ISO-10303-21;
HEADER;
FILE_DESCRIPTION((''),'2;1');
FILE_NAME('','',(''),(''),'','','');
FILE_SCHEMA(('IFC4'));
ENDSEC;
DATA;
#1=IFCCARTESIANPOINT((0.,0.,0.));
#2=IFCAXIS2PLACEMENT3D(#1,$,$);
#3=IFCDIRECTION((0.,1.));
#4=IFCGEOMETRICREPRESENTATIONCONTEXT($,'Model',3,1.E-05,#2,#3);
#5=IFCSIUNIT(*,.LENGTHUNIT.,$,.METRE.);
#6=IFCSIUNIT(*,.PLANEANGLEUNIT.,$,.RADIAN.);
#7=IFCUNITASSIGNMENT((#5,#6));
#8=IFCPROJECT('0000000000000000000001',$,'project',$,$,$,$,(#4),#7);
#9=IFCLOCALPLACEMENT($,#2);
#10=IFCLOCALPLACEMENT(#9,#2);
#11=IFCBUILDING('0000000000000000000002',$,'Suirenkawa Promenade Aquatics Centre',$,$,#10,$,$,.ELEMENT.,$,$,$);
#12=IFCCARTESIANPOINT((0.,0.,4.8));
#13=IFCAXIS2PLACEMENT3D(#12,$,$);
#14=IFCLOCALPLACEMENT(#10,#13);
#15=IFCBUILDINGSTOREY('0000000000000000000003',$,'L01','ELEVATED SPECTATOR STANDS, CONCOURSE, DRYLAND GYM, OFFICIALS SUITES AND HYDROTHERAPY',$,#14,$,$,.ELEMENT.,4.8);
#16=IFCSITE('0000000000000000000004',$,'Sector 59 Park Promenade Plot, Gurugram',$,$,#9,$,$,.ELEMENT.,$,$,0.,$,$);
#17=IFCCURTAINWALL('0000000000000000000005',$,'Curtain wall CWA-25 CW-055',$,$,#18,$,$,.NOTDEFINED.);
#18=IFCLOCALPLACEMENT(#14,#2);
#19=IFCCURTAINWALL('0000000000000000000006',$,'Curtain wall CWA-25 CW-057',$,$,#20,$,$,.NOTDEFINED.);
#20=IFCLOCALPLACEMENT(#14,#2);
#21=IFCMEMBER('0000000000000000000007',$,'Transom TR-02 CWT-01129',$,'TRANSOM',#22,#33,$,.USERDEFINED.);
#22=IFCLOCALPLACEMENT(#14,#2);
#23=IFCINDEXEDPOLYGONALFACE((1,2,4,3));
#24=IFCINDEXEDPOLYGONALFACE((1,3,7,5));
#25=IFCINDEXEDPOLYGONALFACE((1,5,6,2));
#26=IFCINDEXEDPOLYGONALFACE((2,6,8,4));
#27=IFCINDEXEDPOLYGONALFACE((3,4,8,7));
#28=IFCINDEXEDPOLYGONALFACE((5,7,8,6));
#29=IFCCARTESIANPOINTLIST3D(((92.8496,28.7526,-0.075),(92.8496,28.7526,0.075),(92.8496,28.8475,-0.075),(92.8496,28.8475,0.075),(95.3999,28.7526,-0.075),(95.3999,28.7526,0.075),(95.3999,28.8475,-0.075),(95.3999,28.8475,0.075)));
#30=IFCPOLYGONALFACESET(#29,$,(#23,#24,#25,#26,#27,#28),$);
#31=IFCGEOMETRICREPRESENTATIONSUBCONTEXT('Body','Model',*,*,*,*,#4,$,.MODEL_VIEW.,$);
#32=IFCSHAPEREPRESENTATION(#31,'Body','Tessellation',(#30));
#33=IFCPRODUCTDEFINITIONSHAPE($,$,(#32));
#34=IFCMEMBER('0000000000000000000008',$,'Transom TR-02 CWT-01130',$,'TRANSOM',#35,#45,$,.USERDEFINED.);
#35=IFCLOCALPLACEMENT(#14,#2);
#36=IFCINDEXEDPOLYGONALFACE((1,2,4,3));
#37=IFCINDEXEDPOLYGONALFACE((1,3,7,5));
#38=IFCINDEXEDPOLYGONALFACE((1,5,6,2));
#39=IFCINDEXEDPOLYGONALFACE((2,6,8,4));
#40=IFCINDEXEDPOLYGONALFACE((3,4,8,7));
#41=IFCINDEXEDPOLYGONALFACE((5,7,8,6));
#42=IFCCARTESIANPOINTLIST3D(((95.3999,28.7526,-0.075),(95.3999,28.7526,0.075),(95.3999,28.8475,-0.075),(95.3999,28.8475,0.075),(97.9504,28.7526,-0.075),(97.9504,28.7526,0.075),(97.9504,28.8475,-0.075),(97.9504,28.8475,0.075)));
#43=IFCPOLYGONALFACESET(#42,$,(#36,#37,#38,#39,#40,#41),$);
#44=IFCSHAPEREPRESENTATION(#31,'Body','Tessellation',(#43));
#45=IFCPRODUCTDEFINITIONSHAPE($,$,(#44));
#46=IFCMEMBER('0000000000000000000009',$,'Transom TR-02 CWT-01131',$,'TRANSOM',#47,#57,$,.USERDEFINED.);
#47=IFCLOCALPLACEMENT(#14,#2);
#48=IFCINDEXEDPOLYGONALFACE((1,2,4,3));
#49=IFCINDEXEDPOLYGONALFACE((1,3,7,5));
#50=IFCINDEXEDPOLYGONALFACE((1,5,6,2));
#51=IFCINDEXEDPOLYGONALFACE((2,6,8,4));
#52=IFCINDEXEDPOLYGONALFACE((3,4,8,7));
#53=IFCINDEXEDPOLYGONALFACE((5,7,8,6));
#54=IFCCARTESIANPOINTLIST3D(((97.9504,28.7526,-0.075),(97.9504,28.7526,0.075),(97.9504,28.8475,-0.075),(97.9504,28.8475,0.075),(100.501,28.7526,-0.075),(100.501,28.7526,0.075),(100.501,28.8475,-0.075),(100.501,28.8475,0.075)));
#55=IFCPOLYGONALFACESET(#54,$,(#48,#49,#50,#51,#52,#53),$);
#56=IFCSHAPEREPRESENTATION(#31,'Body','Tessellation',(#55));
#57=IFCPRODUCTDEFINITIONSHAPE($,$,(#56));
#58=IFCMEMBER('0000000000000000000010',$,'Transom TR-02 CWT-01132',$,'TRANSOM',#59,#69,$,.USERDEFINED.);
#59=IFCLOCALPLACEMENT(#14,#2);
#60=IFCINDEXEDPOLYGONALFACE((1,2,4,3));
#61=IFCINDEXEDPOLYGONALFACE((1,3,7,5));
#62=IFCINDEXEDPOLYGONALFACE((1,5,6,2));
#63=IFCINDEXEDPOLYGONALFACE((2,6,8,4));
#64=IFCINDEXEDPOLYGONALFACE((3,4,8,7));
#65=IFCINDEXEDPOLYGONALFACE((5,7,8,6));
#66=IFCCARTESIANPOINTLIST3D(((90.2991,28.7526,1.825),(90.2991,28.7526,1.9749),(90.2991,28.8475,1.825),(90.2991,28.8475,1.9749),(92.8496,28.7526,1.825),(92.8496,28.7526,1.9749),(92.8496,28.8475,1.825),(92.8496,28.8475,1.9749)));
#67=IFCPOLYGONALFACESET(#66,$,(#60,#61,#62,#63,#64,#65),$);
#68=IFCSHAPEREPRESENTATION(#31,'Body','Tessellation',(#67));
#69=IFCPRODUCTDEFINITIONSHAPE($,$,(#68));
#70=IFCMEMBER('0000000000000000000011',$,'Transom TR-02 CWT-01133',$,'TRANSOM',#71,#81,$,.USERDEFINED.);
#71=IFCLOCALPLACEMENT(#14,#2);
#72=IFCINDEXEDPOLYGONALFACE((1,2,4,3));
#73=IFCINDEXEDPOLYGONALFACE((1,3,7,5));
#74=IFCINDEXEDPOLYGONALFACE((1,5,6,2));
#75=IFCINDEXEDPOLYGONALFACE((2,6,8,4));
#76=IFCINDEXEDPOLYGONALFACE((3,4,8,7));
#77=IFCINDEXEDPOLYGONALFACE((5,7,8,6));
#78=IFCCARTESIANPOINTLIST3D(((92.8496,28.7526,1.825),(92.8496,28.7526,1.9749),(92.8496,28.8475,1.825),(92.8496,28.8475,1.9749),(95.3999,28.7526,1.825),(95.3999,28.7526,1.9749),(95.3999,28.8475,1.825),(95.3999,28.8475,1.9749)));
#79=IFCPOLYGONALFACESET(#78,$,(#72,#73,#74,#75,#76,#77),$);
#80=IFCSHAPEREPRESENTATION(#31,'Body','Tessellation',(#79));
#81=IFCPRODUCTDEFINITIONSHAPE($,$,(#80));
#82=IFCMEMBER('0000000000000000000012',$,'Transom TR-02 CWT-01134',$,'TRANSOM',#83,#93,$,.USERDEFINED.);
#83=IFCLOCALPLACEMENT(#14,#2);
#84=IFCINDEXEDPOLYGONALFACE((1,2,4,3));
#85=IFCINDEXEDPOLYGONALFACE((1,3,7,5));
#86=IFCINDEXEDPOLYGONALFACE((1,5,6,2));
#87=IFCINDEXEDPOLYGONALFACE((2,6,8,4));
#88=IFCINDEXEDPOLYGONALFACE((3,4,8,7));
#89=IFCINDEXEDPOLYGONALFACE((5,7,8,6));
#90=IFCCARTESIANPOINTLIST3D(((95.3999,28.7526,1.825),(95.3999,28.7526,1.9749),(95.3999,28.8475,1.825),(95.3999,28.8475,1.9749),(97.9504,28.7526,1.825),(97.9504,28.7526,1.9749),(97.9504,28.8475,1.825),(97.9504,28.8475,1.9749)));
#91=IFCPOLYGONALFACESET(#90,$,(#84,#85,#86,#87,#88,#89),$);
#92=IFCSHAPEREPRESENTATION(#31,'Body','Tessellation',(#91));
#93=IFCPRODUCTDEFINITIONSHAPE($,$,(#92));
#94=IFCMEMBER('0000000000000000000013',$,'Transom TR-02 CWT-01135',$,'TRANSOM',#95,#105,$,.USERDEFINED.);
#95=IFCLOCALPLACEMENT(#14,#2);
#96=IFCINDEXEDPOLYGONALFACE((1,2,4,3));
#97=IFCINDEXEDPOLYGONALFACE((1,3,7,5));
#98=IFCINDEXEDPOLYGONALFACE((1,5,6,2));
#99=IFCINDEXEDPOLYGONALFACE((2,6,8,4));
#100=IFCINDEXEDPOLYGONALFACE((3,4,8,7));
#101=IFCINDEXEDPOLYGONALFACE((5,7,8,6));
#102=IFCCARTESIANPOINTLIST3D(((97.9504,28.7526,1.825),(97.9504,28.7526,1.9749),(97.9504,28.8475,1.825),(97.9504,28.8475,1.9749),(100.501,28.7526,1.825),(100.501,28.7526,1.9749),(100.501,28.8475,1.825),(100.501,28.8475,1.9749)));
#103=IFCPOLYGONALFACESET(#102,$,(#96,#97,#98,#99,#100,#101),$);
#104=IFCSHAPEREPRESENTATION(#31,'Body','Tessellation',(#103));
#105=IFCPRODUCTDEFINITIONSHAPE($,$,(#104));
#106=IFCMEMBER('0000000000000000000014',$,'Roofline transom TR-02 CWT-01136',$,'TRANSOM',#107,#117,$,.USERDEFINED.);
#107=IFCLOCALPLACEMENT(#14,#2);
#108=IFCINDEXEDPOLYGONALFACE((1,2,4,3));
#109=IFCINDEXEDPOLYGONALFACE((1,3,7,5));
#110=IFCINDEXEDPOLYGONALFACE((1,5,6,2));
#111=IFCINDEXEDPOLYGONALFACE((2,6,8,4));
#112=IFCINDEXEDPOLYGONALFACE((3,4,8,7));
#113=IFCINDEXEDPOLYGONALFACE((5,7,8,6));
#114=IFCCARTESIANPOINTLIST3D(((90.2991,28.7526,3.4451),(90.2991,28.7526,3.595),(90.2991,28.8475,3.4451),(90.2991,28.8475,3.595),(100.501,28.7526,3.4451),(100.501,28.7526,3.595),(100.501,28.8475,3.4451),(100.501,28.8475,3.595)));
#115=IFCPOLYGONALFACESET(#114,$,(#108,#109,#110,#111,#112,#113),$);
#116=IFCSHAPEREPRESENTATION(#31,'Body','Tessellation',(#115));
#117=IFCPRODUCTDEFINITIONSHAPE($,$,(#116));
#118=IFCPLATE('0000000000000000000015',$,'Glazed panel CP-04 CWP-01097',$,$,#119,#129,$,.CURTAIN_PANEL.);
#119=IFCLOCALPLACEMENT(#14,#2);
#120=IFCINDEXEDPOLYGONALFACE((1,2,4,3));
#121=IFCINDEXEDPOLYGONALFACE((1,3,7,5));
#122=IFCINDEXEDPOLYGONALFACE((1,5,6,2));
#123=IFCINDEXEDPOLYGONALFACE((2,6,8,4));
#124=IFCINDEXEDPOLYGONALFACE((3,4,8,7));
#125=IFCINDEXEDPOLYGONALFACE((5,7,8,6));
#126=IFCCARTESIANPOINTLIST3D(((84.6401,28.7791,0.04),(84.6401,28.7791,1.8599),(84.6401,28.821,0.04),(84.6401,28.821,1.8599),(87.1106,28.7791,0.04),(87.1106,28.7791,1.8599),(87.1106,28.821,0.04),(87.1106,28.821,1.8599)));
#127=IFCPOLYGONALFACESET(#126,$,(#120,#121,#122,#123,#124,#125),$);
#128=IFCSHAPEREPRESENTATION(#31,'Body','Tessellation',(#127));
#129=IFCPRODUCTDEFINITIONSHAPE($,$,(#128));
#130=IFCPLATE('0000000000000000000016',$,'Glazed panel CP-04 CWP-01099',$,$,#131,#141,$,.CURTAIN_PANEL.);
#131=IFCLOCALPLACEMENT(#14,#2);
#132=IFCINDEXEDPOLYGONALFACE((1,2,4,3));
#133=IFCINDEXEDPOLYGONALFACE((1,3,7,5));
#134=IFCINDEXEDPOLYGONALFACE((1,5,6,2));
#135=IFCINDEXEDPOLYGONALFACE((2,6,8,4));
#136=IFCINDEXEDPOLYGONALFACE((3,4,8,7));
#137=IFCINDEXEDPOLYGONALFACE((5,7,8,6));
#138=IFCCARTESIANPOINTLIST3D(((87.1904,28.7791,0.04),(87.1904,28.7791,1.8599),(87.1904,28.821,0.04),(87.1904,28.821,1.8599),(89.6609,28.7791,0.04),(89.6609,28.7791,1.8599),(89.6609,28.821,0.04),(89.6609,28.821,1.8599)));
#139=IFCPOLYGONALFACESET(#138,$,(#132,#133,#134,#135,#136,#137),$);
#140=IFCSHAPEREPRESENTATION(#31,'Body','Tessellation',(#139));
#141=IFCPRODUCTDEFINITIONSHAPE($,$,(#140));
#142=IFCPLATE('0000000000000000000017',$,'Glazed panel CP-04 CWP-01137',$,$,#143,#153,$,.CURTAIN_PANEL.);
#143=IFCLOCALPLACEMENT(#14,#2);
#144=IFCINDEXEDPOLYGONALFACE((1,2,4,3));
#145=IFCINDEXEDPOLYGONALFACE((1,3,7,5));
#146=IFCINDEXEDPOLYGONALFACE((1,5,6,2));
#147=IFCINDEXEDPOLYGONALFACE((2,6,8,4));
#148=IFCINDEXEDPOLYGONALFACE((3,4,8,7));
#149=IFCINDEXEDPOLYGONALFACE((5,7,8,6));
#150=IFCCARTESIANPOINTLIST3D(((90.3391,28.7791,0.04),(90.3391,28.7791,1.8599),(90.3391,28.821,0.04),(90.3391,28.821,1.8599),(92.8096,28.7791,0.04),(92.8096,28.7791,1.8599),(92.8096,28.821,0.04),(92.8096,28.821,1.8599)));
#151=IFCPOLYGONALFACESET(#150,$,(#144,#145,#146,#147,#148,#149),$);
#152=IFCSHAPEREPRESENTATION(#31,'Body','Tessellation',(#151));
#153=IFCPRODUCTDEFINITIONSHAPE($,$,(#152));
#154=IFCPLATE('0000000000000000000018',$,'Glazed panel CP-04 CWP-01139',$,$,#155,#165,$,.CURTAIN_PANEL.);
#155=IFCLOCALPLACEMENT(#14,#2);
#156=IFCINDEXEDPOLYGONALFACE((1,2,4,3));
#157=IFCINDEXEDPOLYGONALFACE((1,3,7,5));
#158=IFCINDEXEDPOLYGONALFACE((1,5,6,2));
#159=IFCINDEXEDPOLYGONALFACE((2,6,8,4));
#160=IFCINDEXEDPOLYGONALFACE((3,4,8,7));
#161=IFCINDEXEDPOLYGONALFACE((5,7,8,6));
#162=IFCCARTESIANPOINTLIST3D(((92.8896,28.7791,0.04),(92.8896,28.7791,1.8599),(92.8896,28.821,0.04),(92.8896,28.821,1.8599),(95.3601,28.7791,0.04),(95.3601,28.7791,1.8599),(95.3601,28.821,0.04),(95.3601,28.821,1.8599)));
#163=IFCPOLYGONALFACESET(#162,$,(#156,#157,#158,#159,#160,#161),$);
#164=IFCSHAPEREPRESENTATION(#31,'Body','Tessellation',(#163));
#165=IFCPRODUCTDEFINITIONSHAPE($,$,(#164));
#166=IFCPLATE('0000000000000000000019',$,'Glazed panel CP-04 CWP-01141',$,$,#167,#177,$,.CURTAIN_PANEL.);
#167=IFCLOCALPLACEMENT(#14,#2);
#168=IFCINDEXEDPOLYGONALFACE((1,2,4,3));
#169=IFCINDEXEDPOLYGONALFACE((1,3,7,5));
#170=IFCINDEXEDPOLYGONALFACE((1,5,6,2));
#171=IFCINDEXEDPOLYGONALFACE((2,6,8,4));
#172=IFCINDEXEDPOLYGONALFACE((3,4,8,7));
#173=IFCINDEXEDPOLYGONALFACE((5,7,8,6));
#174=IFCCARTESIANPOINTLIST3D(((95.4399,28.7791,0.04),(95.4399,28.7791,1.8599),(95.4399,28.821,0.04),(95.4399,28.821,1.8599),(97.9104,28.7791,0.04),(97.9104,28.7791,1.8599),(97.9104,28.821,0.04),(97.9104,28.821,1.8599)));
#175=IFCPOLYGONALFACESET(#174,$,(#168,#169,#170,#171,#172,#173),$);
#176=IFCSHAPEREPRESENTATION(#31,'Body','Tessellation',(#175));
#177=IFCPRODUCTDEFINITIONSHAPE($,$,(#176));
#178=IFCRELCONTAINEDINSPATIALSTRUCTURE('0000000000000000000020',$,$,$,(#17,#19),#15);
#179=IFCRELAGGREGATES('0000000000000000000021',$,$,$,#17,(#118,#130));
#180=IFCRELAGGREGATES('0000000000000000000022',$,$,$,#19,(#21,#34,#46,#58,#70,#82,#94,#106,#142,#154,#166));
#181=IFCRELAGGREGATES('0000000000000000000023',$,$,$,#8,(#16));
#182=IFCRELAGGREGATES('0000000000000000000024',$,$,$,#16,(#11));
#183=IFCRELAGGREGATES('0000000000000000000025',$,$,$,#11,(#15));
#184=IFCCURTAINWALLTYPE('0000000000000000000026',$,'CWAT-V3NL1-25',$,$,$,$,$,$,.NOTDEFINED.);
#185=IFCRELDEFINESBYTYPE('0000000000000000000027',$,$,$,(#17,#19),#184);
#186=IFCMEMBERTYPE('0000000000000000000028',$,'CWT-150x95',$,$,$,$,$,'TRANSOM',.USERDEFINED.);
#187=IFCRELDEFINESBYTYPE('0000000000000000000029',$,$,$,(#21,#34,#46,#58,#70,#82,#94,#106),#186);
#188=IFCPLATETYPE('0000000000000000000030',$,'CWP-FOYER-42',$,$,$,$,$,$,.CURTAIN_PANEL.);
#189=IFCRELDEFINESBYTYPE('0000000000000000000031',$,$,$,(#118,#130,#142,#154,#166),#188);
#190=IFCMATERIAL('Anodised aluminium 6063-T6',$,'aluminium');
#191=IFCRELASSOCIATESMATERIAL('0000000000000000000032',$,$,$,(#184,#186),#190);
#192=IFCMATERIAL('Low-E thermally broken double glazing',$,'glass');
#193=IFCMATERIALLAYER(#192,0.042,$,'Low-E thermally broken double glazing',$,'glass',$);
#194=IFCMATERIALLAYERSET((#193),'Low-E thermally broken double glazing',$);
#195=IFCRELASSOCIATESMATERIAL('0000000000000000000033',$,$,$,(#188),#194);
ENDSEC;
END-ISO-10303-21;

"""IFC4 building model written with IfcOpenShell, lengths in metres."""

from ifc_helpers import new_model, si_unit, direction, frame, origin, origin_2d, place, context, subcontext, project, spatial, polyline, rectangle, outline, extrude, material, layer, layer_set, material_profile, profile_set, type_object, element, aggregate, save


model = new_model("IFC4")

# Units and contexts
model_context = context("Model", 3, precision=1e-05, world=origin(), true_north=direction((0.0, 1.0)))
body_context = subcontext(model_context, "Body", "Model", "MODEL_VIEW")
ifc_project = project(units=[si_unit("LENGTHUNIT", "METRE"), si_unit("PLANEANGLEUNIT", "RADIAN")], contexts=[model_context])

# Site, building, storey
site_placement = place(None, origin())
site = spatial("IfcSite", under=ifc_project, at=site_placement, Name="Sector 59 Park Promenade Plot, Gurugram", CompositionType="ELEMENT", RefElevation=0.0)
building_placement = place(site_placement, origin())
building = spatial("IfcBuilding", under=site, at=building_placement, Name="Suirenkawa Promenade Aquatics Centre", CompositionType="ELEMENT")
storey_placement = place(building_placement, frame((0.0, 0.0, 4.8)))
storey = spatial("IfcBuildingStorey", under=building, at=storey_placement, Name="L01", Description="ELEVATED SPECTATOR STANDS, CONCOURSE, DRYLAND GYM, OFFICIALS SUITES AND HYDROTHERAPY", CompositionType="ELEMENT", Elevation=4.8)

# Curtain walls
ifc_material_1 = material(Name="Anodised aluminium 6063-T6", Category="aluminium")
curtain_wall_type = type_object("IfcCurtainWallType", Name="CWAT-V3NL1-25", PredefinedType="NOTDEFINED", material=ifc_material_1)
curtain_wall_1_placement = place(storey_placement, origin())
curtain_wall_1 = element("IfcCurtainWall", 1, at=curtain_wall_1_placement, inside=storey, type_object=curtain_wall_type, Name="Curtain wall CWA-25 CW-055", PredefinedType="NOTDEFINED")
curtain_wall_2_placement = place(storey_placement, origin())
curtain_wall_2 = element("IfcCurtainWall", 2, at=curtain_wall_2_placement, inside=storey, type_object=curtain_wall_type, Name="Curtain wall CWA-25 CW-057", PredefinedType="NOTDEFINED")

# Members
ifc_material_profile_1 = material_profile(ifc_material_1, rectangle(XDim=0.095, YDim=0.1499, at=origin_2d()), Name="ALU TRAN 95x150", Category="aluminium")
ifc_profile_set_1 = profile_set([ifc_material_profile_1], Name="Anodised aluminium 6063-T6")
member_type_1 = type_object("IfcMemberType", Name="CWT-150x95", ElementType="TRANSOM", PredefinedType="USERDEFINED", material=ifc_profile_set_1)
member_1_placement = place(storey_placement, frame((92.8496, 28.8, 0.0), z_axis=(1.0, 0.0, 0.0), x_axis=(0.0, 1.0, 0.0)))
member_1 = element("IfcMember", 3, at=member_1_placement, type_object=member_type_1, Name="Transom TR-02 CWT-01129", ObjectType="TRANSOM", PredefinedType="USERDEFINED", context=body_context, shape_type="SweptSolid", body=[
    extrude(rectangle(XDim=0.095, YDim=0.1499, at=origin_2d()), origin(), (0.0, 0.0, 1.0), 2.5503),
])
member_2_placement = place(storey_placement, frame((95.3999, 28.8, 0.0), z_axis=(1.0, 0.0, 0.0), x_axis=(0.0, 1.0, 0.0)))
member_2 = element("IfcMember", 4, at=member_2_placement, type_object=member_type_1, Name="Transom TR-02 CWT-01130", ObjectType="TRANSOM", PredefinedType="USERDEFINED", context=body_context, shape_type="SweptSolid", body=[
    extrude(rectangle(XDim=0.095, YDim=0.1499, at=origin_2d()), origin(), (0.0, 0.0, 1.0), 2.5505),
])
member_3_placement = place(storey_placement, frame((97.9504, 28.8, 0.0), z_axis=(1.0, 0.0, 0.0), x_axis=(0.0, 1.0, 0.0)))
member_3 = element("IfcMember", 5, at=member_3_placement, type_object=member_type_1, Name="Transom TR-02 CWT-01131", ObjectType="TRANSOM", PredefinedType="USERDEFINED", context=body_context, shape_type="SweptSolid", body=[
    extrude(rectangle(XDim=0.095, YDim=0.1499, at=origin_2d()), origin(), (0.0, 0.0, 1.0), 2.5505),
])
member_4_placement = place(storey_placement, frame((90.2991, 28.8, 1.8999), z_axis=(1.0, 0.0, 0.0), x_axis=(0.0, 1.0, 0.0)))
member_4 = element("IfcMember", 6, at=member_4_placement, type_object=member_type_1, Name="Transom TR-02 CWT-01132", ObjectType="TRANSOM", PredefinedType="USERDEFINED", context=body_context, shape_type="SweptSolid", body=[
    extrude(rectangle(XDim=0.095, YDim=0.1499, at=origin_2d()), origin(), (0.0, 0.0, 1.0), 2.5505),
])
member_5_placement = place(storey_placement, frame((92.8496, 28.8, 1.8999), z_axis=(1.0, 0.0, 0.0), x_axis=(0.0, 1.0, 0.0)))
member_5 = element("IfcMember", 7, at=member_5_placement, type_object=member_type_1, Name="Transom TR-02 CWT-01133", ObjectType="TRANSOM", PredefinedType="USERDEFINED", context=body_context, shape_type="SweptSolid", body=[
    extrude(rectangle(XDim=0.095, YDim=0.1499, at=origin_2d()), origin(), (0.0, 0.0, 1.0), 2.5503),
])
member_6_placement = place(storey_placement, frame((95.3999, 28.8, 1.8999), z_axis=(1.0, 0.0, 0.0), x_axis=(0.0, 1.0, 0.0)))
member_6 = element("IfcMember", 8, at=member_6_placement, type_object=member_type_1, Name="Transom TR-02 CWT-01134", ObjectType="TRANSOM", PredefinedType="USERDEFINED", context=body_context, shape_type="SweptSolid", body=[
    extrude(rectangle(XDim=0.095, YDim=0.1499, at=origin_2d()), origin(), (0.0, 0.0, 1.0), 2.5505),
])
member_7_placement = place(storey_placement, frame((97.9504, 28.8, 1.8999), z_axis=(1.0, 0.0, 0.0), x_axis=(0.0, 1.0, 0.0)))
member_7 = element("IfcMember", 9, at=member_7_placement, type_object=member_type_1, Name="Transom TR-02 CWT-01135", ObjectType="TRANSOM", PredefinedType="USERDEFINED", context=body_context, shape_type="SweptSolid", body=[
    extrude(rectangle(XDim=0.095, YDim=0.1499, at=origin_2d()), origin(), (0.0, 0.0, 1.0), 2.5505),
])
member_8_placement = place(storey_placement, frame((90.2991, 28.8, 3.52), z_axis=(1.0, 0.0, 0.0), x_axis=(0.0, 1.0, 0.0)))
member_8 = element("IfcMember", 10, at=member_8_placement, type_object=member_type_1, Name="Roofline transom TR-02 CWT-01136", ObjectType="TRANSOM", PredefinedType="USERDEFINED", context=body_context, shape_type="SweptSolid", body=[
    extrude(rectangle(XDim=0.095, YDim=0.1499, at=origin_2d()), origin(), (0.0, 0.0, 1.0), 10.2019),
])

# Plates
ifc_material_2 = material(Name="Low-E thermally broken double glazing", Category="glass")
ifc_layer_1 = layer(ifc_material_2, 0.042, Name="Low-E thermally broken double glazing", Category="glass")
ifc_layer_set_1 = layer_set([ifc_layer_1], Name="Low-E thermally broken double glazing")
plate_type = type_object("IfcPlateType", Name="CWP-FOYER-42", PredefinedType="CURTAIN_PANEL", material=ifc_layer_set_1)
plate_1_placement = place(storey_placement, frame((84.6001, 28.8, 0.04), z_axis=(0.0, 0.0, 1.0), x_axis=(1.0, 0.0, 0.0)))
plate_1 = element("IfcPlate", 11, at=plate_1_placement, type_object=plate_type, Name="Glazed panel CP-04 CWP-01097", PredefinedType="CURTAIN_PANEL", context=body_context, shape_type="SweptSolid", body=[
    extrude(outline(polyline([(0.04, 0.0), (2.5105, 0.0), (2.5105, 1.8198), (0.04, 1.8198), (0.04, 0.0)])), frame((0.0, 0.021, 0.0), z_axis=(0.0, -1.0, 0.0), x_axis=(1.0, 0.0, 0.0)), (0.0, 0.0, 1.0), 0.042),
])
plate_2_placement = place(storey_placement, frame((87.1504, 28.8, 0.04), z_axis=(0.0, 0.0, 1.0), x_axis=(1.0, 0.0, 0.0)))
plate_2 = element("IfcPlate", 12, at=plate_2_placement, type_object=plate_type, Name="Glazed panel CP-04 CWP-01099", PredefinedType="CURTAIN_PANEL", context=body_context, shape_type="SweptSolid", body=[
    extrude(outline(polyline([(0.04, 0.0), (2.5105, 0.0), (2.5105, 1.8198), (0.04, 1.8198), (0.04, 0.0)])), frame((0.0, 0.021, 0.0), z_axis=(0.0, -1.0, 0.0), x_axis=(1.0, 0.0, 0.0)), (0.0, 0.0, 1.0), 0.042),
])
aggregate(curtain_wall_1, [plate_1, plate_2])
plate_3_placement = place(storey_placement, frame((90.2991, 28.8, 0.04), z_axis=(0.0, 0.0, 1.0), x_axis=(1.0, 0.0, 0.0)))
plate_3 = element("IfcPlate", 13, at=plate_3_placement, type_object=plate_type, Name="Glazed panel CP-04 CWP-01137", PredefinedType="CURTAIN_PANEL", context=body_context, shape_type="SweptSolid", body=[
    extrude(outline(polyline([(0.04, 0.0), (2.5105, 0.0), (2.5105, 1.8198), (0.04, 1.8198), (0.04, 0.0)])), frame((0.0, 0.021, 0.0), z_axis=(0.0, -1.0, 0.0), x_axis=(1.0, 0.0, 0.0)), (0.0, 0.0, 1.0), 0.042),
])
plate_4_placement = place(storey_placement, frame((92.8496, 28.8, 0.04), z_axis=(0.0, 0.0, 1.0), x_axis=(1.0, 0.0, 0.0)))
plate_4 = element("IfcPlate", 14, at=plate_4_placement, type_object=plate_type, Name="Glazed panel CP-04 CWP-01139", PredefinedType="CURTAIN_PANEL", context=body_context, shape_type="SweptSolid", body=[
    extrude(outline(polyline([(0.04, 0.0), (2.5105, 0.0), (2.5105, 1.8198), (0.04, 1.8198), (0.04, 0.0)])), frame((0.0, 0.021, 0.0), z_axis=(0.0, -1.0, 0.0), x_axis=(1.0, 0.0, 0.0)), (0.0, 0.0, 1.0), 0.042),
])
plate_5_placement = place(storey_placement, frame((95.3999, 28.8, 0.04), z_axis=(0.0, 0.0, 1.0), x_axis=(1.0, 0.0, 0.0)))
plate_5 = element("IfcPlate", 15, at=plate_5_placement, type_object=plate_type, Name="Glazed panel CP-04 CWP-01141", PredefinedType="CURTAIN_PANEL", context=body_context, shape_type="SweptSolid", body=[
    extrude(outline(polyline([(0.04, 0.0), (2.5105, 0.0), (2.5105, 1.8198), (0.04, 1.8198), (0.04, 0.0)])), frame((0.0, 0.021, 0.0), z_axis=(0.0, -1.0, 0.0), x_axis=(1.0, 0.0, 0.0)), (0.0, 0.0, 1.0), 0.042),
])
aggregate(curtain_wall_2, [member_1, member_2, member_3, member_4, member_5, member_6, member_7, member_8, plate_3, plate_4, plate_5])

save(model, "model.ifc")
